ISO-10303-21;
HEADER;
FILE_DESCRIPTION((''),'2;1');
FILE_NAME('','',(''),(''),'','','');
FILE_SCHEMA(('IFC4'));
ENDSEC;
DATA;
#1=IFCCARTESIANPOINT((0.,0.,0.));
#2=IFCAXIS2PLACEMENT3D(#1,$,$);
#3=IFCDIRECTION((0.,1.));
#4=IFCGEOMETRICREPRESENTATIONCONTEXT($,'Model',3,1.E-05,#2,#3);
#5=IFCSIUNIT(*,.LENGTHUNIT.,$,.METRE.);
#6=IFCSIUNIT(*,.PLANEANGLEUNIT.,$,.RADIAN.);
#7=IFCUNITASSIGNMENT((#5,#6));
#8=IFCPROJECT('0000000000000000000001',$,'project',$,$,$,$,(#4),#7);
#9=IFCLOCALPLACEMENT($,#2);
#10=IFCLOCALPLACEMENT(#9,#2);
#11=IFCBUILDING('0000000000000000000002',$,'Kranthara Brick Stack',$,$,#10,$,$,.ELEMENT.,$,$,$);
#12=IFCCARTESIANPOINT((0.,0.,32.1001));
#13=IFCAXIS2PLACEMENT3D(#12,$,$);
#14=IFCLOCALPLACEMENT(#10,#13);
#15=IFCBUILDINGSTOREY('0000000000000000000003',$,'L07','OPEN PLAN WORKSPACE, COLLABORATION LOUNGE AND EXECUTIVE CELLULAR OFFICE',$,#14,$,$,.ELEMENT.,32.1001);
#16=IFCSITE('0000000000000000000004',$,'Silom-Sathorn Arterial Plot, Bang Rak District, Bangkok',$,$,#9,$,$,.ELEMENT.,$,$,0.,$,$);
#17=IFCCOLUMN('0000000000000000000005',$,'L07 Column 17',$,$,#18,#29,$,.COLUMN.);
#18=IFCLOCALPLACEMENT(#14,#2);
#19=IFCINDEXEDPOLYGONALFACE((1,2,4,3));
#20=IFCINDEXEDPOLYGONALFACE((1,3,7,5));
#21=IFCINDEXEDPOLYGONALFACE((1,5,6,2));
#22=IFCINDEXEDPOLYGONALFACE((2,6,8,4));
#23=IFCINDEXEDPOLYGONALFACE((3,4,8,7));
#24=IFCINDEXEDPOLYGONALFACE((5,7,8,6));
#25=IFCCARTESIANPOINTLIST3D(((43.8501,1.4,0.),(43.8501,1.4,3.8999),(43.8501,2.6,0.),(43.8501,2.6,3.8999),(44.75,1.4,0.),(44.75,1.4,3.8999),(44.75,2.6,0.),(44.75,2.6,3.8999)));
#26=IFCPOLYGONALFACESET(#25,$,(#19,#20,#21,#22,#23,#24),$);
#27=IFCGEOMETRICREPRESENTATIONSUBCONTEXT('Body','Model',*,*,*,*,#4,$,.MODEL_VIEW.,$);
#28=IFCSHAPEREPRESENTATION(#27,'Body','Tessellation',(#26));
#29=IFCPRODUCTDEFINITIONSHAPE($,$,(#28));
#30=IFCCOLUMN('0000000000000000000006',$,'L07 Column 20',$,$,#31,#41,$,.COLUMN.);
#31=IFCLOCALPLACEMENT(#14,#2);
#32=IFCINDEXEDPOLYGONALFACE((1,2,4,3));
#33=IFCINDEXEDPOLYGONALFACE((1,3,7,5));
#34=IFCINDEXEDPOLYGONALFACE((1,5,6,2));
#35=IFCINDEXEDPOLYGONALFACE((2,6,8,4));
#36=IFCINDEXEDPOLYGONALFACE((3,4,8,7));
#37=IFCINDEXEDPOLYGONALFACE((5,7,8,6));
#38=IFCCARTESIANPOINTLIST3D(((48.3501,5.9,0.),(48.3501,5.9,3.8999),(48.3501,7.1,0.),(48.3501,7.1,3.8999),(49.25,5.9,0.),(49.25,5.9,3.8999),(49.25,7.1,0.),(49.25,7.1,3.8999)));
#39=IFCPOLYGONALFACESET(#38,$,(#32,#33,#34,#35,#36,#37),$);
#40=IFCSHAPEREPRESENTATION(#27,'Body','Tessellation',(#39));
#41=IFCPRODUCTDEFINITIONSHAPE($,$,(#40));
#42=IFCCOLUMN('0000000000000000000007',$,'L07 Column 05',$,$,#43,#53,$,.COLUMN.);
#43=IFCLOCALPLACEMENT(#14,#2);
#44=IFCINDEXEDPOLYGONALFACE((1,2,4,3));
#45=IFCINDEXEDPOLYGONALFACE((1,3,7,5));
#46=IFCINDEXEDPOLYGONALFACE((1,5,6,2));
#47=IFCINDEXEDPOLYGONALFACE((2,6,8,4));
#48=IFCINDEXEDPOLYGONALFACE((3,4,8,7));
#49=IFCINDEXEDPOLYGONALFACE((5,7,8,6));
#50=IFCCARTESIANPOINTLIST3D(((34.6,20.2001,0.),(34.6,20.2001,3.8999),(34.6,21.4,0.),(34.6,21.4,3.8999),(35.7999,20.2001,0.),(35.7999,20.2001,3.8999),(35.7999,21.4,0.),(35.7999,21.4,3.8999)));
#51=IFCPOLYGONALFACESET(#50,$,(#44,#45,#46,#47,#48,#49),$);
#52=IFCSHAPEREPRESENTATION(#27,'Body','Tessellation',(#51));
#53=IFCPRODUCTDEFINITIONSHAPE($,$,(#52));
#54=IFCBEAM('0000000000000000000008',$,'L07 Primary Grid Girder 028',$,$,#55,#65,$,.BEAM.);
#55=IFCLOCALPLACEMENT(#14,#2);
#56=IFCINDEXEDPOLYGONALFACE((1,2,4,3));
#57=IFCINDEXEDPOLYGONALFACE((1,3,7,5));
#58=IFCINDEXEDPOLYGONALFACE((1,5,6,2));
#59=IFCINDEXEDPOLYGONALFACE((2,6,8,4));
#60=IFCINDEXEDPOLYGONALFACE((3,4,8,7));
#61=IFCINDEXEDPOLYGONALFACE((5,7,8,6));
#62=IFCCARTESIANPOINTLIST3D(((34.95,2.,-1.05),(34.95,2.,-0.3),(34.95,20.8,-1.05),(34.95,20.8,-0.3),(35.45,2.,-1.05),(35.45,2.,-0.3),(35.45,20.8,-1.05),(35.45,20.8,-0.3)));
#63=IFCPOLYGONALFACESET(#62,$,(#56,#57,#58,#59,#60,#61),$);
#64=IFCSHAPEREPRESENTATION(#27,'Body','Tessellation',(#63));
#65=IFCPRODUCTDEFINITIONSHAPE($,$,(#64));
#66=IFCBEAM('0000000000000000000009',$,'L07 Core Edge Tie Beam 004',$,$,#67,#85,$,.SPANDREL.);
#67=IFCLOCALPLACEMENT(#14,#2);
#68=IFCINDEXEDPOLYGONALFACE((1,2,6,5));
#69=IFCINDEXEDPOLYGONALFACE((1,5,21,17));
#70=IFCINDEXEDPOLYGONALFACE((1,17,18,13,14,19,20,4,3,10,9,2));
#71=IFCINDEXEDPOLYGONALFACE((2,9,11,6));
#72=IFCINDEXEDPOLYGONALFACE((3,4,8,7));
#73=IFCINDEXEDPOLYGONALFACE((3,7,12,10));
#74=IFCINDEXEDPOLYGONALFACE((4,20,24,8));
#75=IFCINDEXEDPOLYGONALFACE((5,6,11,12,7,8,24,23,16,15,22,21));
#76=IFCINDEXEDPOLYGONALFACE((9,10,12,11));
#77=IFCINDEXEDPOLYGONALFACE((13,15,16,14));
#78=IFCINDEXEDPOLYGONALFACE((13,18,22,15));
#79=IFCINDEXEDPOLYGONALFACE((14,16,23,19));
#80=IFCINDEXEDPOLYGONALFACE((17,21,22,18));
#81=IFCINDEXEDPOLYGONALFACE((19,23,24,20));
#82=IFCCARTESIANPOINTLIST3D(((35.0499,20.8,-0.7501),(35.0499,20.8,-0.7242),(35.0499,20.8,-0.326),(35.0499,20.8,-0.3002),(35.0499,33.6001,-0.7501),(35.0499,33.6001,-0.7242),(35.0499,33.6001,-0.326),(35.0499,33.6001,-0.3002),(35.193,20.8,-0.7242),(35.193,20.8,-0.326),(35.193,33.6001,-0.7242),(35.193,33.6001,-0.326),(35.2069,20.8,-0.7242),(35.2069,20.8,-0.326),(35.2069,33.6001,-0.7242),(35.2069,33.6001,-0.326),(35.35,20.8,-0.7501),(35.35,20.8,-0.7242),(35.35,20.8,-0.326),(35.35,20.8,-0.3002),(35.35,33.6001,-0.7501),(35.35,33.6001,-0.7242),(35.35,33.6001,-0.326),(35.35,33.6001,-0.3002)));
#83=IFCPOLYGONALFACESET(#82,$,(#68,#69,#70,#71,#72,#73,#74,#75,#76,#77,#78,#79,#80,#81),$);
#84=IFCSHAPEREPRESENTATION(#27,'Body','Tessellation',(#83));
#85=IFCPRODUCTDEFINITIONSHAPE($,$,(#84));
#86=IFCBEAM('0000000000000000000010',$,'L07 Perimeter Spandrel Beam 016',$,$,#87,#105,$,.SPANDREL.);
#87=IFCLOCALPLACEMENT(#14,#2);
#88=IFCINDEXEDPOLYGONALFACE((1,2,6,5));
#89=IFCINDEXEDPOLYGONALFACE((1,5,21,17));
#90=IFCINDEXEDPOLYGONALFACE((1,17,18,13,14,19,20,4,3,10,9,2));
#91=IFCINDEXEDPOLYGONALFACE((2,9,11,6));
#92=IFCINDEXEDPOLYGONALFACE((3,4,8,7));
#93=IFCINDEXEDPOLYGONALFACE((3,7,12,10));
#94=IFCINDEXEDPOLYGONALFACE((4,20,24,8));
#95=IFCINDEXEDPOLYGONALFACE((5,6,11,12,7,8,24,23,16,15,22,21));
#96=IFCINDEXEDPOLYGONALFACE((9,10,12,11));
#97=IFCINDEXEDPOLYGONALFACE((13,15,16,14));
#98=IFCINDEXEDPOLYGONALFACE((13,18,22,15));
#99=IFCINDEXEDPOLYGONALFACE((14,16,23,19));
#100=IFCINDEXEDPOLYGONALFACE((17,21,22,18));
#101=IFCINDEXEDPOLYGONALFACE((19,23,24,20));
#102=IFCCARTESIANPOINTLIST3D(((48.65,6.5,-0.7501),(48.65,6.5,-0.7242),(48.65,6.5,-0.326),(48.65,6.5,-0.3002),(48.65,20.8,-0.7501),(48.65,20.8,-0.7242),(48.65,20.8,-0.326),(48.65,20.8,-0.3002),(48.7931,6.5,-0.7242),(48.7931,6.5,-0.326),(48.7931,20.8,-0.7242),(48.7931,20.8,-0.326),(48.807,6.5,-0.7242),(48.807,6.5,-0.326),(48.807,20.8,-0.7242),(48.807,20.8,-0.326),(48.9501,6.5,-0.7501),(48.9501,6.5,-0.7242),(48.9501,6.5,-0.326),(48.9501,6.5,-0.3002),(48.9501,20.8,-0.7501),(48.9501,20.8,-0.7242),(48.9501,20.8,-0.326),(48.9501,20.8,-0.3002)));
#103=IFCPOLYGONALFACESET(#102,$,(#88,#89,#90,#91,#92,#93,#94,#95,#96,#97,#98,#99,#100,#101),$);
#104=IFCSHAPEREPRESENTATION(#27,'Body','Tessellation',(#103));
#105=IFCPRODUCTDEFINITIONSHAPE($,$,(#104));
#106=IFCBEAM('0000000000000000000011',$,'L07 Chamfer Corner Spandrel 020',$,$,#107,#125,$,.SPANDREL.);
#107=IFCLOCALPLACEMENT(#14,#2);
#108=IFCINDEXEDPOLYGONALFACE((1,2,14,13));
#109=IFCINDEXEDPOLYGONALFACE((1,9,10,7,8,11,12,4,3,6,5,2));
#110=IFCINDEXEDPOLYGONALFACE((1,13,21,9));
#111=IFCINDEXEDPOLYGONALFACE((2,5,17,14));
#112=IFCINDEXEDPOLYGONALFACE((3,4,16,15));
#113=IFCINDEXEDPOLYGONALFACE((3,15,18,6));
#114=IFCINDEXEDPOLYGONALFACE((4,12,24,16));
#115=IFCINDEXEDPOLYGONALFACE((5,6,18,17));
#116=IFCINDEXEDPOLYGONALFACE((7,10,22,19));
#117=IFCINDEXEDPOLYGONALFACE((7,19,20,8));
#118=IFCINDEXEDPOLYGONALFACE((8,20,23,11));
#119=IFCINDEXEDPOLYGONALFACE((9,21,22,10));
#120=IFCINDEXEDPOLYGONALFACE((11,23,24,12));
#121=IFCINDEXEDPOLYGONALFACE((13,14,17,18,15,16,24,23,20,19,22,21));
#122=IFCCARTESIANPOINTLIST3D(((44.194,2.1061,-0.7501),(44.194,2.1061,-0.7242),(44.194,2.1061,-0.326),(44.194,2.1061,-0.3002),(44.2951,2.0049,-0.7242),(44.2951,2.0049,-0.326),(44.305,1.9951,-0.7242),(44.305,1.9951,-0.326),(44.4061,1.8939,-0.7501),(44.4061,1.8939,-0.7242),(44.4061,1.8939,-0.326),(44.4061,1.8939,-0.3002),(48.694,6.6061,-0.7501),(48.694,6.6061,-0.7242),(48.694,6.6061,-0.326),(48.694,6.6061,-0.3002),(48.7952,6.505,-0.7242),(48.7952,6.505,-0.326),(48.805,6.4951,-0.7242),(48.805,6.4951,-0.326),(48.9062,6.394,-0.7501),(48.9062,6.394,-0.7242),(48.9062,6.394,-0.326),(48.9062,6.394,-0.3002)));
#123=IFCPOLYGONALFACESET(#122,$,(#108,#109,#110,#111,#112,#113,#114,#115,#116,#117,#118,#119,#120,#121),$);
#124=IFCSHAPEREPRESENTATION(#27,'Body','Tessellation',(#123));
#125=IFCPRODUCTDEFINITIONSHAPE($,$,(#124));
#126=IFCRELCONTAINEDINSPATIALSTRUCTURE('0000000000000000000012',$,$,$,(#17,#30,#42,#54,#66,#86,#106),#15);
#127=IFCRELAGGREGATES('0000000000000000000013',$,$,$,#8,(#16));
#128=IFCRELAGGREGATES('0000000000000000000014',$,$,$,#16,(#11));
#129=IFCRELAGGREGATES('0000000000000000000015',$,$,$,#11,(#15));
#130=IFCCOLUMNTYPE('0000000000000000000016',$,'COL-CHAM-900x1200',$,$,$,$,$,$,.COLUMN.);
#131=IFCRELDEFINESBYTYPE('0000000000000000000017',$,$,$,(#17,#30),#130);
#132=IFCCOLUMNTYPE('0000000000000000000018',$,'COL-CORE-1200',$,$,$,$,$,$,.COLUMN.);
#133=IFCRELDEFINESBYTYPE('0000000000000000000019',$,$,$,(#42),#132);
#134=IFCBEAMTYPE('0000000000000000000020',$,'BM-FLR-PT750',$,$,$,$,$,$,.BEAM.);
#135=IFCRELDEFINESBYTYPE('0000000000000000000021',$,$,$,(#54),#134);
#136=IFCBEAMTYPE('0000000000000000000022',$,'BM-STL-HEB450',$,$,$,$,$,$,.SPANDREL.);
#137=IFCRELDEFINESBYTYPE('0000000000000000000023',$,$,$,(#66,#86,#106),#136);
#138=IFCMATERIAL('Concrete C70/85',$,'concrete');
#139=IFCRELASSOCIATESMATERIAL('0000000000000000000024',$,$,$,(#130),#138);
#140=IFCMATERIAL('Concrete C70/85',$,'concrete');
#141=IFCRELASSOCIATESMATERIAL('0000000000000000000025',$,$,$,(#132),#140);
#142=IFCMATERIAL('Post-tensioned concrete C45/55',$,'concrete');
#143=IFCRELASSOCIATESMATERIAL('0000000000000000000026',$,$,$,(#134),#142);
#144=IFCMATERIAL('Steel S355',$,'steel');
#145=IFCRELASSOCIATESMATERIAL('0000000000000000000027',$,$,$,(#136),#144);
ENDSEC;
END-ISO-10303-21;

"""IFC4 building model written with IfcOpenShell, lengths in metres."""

from ifc_helpers import new_model, si_unit, direction, frame, origin, origin_2d, place, context, subcontext, project, spatial, rectangle, i_section, extrude, material, material_profile, profile_set, type_object, element, save


model = new_model("IFC4")

# Units and contexts
model_context = context("Model", 3, precision=1e-05, world=origin(), true_north=direction((0.0, 1.0)))
body_context = subcontext(model_context, "Body", "Model", "MODEL_VIEW")
ifc_project = project(units=[si_unit("LENGTHUNIT", "METRE"), si_unit("PLANEANGLEUNIT", "RADIAN")], contexts=[model_context])

# Site, building, storey
site_placement = place(None, origin())
site = spatial("IfcSite", under=ifc_project, at=site_placement, Name="Silom-Sathorn Arterial Plot, Bang Rak District, Bangkok", CompositionType="ELEMENT", RefElevation=0.0)
building_placement = place(site_placement, origin())
building = spatial("IfcBuilding", under=site, at=building_placement, Name="Kranthara Brick Stack", CompositionType="ELEMENT")
storey_placement = place(building_placement, frame((0.0, 0.0, 32.1001)))
storey = spatial("IfcBuildingStorey", under=building, at=storey_placement, Name="L07", Description="OPEN PLAN WORKSPACE, COLLABORATION LOUNGE AND EXECUTIVE CELLULAR OFFICE", CompositionType="ELEMENT", Elevation=32.1001)

# Columns
ifc_material_1 = material(Name="Concrete C70/85", Category="concrete")
ifc_material_profile_1 = material_profile(ifc_material_1, rectangle(XDim=0.8999, YDim=1.2, at=origin_2d()), Name="RC 900x1200")
ifc_profile_set_1 = profile_set([ifc_material_profile_1], Name="Concrete C70/85")
column_type_1 = type_object("IfcColumnType", Name="COL-CHAM-900x1200", PredefinedType="COLUMN", material=ifc_profile_set_1)
for number, where, z_axis, x_axis, name in (
    (1, (44.3, 2.0, 0.0), (0.0, 0.0, 1.0), (1.0, 0.0, 0.0), "L07 Column 17"),
    (2, (48.8, 6.5, 0.0), (0.0, 0.0, 1.0), (1.0, 0.0, 0.0), "L07 Column 20"),
):
    element("IfcColumn", number, at=place(storey_placement, frame(where, z_axis=z_axis, x_axis=x_axis)), inside=storey, type_object=column_type_1, Name=name, PredefinedType="COLUMN", context=body_context, shape_type="SweptSolid", body=[
        extrude(rectangle(XDim=0.8999, YDim=1.2, at=origin_2d()), origin(), (0.0, 0.0, 1.0), 3.8999),
    ])
ifc_material_2 = material(Name="Concrete C70/85", Category="concrete")
ifc_material_profile_2 = material_profile(ifc_material_2, rectangle(XDim=1.2, YDim=1.2, at=origin_2d()), Name="RC 1200x1200")
ifc_profile_set_2 = profile_set([ifc_material_profile_2], Name="Concrete C70/85")
column_type_2 = type_object("IfcColumnType", Name="COL-CORE-1200", PredefinedType="COLUMN", material=ifc_profile_set_2)
column_placement = place(storey_placement, frame((35.2, 20.8, 0.0), z_axis=(0.0, 0.0, 1.0), x_axis=(1.0, 0.0, 0.0)))
element("IfcColumn", 3, at=column_placement, inside=storey, type_object=column_type_2, Name="L07 Column 05", PredefinedType="COLUMN", context=body_context, shape_type="SweptSolid", body=[
    extrude(rectangle(XDim=1.2, YDim=1.2, at=origin_2d()), origin(), (0.0, 0.0, 1.0), 3.8999),
])

# Beams
ifc_material_3 = material(Name="Post-tensioned concrete C45/55", Category="concrete")
ifc_material_profile_3 = material_profile(ifc_material_3, rectangle(XDim=0.5, YDim=0.75, at=origin_2d()), Name="PT 500x750")
ifc_profile_set_3 = profile_set([ifc_material_profile_3], Name="Post-tensioned concrete C45/55")
beam_type_1 = type_object("IfcBeamType", Name="BM-FLR-PT750", PredefinedType="BEAM", material=ifc_profile_set_3)
beam_1_placement = place(storey_placement, frame((35.2, 2.0, -0.675), z_axis=(0.0, 1.0, 0.0), x_axis=(-1.0, 0.0, 0.0)))
element("IfcBeam", 4, at=beam_1_placement, inside=storey, type_object=beam_type_1, Name="L07 Primary Grid Girder 028", PredefinedType="BEAM", context=body_context, shape_type="SweptSolid", body=[
    extrude(rectangle(XDim=0.5, YDim=0.75, at=origin_2d()), origin(), (0.0, 0.0, 1.0), 18.8),
])
ifc_material_4 = material(Name="Steel S355", Category="steel")
ifc_material_profile_4 = material_profile(ifc_material_4, i_section(OverallWidth=0.3, OverallDepth=0.45, WebThickness=0.0139, FlangeThickness=0.0259, at=origin_2d()), Name="HEB 450")
ifc_profile_set_4 = profile_set([ifc_material_profile_4], Name="Steel S355")
beam_type_2 = type_object("IfcBeamType", Name="BM-STL-HEB450", PredefinedType="SPANDREL", material=ifc_profile_set_4)
beam_2_placement = place(storey_placement, frame((35.2, 20.8, -0.5251), z_axis=(0.0, 1.0, 0.0), x_axis=(-1.0, 0.0, 0.0)))
element("IfcBeam", 5, at=beam_2_placement, inside=storey, type_object=beam_type_2, Name="L07 Core Edge Tie Beam 004", PredefinedType="SPANDREL", context=body_context, shape_type="SweptSolid", body=[
    extrude(i_section(OverallWidth=0.3, OverallDepth=0.45, WebThickness=0.0139, FlangeThickness=0.0259, at=origin_2d()), origin(), (0.0, 0.0, 1.0), 12.8),
])
beam_3_placement = place(storey_placement, frame((48.8, 6.5, -0.5251), z_axis=(0.0, 1.0, 0.0), x_axis=(-1.0, 0.0, 0.0)))
element("IfcBeam", 6, at=beam_3_placement, inside=storey, type_object=beam_type_2, Name="L07 Perimeter Spandrel Beam 016", PredefinedType="SPANDREL", context=body_context, shape_type="SweptSolid", body=[
    extrude(i_section(OverallWidth=0.3, OverallDepth=0.45, WebThickness=0.0139, FlangeThickness=0.0259, at=origin_2d()), origin(), (0.0, 0.0, 1.0), 14.3),
])
beam_4_placement = place(storey_placement, frame((44.3, 2.0, -0.5251), z_axis=(0.707107, 0.707107, 0.0), x_axis=(-0.707107, 0.707107, 0.0)))
element("IfcBeam", 7, at=beam_4_placement, inside=storey, type_object=beam_type_2, Name="L07 Chamfer Corner Spandrel 020", PredefinedType="SPANDREL", context=body_context, shape_type="SweptSolid", body=[
    extrude(i_section(OverallWidth=0.3, OverallDepth=0.45, WebThickness=0.0139, FlangeThickness=0.0259, at=origin_2d()), origin(), (0.0, 0.0, 1.0), 6.364),
])

save(model, "model.ifc")
